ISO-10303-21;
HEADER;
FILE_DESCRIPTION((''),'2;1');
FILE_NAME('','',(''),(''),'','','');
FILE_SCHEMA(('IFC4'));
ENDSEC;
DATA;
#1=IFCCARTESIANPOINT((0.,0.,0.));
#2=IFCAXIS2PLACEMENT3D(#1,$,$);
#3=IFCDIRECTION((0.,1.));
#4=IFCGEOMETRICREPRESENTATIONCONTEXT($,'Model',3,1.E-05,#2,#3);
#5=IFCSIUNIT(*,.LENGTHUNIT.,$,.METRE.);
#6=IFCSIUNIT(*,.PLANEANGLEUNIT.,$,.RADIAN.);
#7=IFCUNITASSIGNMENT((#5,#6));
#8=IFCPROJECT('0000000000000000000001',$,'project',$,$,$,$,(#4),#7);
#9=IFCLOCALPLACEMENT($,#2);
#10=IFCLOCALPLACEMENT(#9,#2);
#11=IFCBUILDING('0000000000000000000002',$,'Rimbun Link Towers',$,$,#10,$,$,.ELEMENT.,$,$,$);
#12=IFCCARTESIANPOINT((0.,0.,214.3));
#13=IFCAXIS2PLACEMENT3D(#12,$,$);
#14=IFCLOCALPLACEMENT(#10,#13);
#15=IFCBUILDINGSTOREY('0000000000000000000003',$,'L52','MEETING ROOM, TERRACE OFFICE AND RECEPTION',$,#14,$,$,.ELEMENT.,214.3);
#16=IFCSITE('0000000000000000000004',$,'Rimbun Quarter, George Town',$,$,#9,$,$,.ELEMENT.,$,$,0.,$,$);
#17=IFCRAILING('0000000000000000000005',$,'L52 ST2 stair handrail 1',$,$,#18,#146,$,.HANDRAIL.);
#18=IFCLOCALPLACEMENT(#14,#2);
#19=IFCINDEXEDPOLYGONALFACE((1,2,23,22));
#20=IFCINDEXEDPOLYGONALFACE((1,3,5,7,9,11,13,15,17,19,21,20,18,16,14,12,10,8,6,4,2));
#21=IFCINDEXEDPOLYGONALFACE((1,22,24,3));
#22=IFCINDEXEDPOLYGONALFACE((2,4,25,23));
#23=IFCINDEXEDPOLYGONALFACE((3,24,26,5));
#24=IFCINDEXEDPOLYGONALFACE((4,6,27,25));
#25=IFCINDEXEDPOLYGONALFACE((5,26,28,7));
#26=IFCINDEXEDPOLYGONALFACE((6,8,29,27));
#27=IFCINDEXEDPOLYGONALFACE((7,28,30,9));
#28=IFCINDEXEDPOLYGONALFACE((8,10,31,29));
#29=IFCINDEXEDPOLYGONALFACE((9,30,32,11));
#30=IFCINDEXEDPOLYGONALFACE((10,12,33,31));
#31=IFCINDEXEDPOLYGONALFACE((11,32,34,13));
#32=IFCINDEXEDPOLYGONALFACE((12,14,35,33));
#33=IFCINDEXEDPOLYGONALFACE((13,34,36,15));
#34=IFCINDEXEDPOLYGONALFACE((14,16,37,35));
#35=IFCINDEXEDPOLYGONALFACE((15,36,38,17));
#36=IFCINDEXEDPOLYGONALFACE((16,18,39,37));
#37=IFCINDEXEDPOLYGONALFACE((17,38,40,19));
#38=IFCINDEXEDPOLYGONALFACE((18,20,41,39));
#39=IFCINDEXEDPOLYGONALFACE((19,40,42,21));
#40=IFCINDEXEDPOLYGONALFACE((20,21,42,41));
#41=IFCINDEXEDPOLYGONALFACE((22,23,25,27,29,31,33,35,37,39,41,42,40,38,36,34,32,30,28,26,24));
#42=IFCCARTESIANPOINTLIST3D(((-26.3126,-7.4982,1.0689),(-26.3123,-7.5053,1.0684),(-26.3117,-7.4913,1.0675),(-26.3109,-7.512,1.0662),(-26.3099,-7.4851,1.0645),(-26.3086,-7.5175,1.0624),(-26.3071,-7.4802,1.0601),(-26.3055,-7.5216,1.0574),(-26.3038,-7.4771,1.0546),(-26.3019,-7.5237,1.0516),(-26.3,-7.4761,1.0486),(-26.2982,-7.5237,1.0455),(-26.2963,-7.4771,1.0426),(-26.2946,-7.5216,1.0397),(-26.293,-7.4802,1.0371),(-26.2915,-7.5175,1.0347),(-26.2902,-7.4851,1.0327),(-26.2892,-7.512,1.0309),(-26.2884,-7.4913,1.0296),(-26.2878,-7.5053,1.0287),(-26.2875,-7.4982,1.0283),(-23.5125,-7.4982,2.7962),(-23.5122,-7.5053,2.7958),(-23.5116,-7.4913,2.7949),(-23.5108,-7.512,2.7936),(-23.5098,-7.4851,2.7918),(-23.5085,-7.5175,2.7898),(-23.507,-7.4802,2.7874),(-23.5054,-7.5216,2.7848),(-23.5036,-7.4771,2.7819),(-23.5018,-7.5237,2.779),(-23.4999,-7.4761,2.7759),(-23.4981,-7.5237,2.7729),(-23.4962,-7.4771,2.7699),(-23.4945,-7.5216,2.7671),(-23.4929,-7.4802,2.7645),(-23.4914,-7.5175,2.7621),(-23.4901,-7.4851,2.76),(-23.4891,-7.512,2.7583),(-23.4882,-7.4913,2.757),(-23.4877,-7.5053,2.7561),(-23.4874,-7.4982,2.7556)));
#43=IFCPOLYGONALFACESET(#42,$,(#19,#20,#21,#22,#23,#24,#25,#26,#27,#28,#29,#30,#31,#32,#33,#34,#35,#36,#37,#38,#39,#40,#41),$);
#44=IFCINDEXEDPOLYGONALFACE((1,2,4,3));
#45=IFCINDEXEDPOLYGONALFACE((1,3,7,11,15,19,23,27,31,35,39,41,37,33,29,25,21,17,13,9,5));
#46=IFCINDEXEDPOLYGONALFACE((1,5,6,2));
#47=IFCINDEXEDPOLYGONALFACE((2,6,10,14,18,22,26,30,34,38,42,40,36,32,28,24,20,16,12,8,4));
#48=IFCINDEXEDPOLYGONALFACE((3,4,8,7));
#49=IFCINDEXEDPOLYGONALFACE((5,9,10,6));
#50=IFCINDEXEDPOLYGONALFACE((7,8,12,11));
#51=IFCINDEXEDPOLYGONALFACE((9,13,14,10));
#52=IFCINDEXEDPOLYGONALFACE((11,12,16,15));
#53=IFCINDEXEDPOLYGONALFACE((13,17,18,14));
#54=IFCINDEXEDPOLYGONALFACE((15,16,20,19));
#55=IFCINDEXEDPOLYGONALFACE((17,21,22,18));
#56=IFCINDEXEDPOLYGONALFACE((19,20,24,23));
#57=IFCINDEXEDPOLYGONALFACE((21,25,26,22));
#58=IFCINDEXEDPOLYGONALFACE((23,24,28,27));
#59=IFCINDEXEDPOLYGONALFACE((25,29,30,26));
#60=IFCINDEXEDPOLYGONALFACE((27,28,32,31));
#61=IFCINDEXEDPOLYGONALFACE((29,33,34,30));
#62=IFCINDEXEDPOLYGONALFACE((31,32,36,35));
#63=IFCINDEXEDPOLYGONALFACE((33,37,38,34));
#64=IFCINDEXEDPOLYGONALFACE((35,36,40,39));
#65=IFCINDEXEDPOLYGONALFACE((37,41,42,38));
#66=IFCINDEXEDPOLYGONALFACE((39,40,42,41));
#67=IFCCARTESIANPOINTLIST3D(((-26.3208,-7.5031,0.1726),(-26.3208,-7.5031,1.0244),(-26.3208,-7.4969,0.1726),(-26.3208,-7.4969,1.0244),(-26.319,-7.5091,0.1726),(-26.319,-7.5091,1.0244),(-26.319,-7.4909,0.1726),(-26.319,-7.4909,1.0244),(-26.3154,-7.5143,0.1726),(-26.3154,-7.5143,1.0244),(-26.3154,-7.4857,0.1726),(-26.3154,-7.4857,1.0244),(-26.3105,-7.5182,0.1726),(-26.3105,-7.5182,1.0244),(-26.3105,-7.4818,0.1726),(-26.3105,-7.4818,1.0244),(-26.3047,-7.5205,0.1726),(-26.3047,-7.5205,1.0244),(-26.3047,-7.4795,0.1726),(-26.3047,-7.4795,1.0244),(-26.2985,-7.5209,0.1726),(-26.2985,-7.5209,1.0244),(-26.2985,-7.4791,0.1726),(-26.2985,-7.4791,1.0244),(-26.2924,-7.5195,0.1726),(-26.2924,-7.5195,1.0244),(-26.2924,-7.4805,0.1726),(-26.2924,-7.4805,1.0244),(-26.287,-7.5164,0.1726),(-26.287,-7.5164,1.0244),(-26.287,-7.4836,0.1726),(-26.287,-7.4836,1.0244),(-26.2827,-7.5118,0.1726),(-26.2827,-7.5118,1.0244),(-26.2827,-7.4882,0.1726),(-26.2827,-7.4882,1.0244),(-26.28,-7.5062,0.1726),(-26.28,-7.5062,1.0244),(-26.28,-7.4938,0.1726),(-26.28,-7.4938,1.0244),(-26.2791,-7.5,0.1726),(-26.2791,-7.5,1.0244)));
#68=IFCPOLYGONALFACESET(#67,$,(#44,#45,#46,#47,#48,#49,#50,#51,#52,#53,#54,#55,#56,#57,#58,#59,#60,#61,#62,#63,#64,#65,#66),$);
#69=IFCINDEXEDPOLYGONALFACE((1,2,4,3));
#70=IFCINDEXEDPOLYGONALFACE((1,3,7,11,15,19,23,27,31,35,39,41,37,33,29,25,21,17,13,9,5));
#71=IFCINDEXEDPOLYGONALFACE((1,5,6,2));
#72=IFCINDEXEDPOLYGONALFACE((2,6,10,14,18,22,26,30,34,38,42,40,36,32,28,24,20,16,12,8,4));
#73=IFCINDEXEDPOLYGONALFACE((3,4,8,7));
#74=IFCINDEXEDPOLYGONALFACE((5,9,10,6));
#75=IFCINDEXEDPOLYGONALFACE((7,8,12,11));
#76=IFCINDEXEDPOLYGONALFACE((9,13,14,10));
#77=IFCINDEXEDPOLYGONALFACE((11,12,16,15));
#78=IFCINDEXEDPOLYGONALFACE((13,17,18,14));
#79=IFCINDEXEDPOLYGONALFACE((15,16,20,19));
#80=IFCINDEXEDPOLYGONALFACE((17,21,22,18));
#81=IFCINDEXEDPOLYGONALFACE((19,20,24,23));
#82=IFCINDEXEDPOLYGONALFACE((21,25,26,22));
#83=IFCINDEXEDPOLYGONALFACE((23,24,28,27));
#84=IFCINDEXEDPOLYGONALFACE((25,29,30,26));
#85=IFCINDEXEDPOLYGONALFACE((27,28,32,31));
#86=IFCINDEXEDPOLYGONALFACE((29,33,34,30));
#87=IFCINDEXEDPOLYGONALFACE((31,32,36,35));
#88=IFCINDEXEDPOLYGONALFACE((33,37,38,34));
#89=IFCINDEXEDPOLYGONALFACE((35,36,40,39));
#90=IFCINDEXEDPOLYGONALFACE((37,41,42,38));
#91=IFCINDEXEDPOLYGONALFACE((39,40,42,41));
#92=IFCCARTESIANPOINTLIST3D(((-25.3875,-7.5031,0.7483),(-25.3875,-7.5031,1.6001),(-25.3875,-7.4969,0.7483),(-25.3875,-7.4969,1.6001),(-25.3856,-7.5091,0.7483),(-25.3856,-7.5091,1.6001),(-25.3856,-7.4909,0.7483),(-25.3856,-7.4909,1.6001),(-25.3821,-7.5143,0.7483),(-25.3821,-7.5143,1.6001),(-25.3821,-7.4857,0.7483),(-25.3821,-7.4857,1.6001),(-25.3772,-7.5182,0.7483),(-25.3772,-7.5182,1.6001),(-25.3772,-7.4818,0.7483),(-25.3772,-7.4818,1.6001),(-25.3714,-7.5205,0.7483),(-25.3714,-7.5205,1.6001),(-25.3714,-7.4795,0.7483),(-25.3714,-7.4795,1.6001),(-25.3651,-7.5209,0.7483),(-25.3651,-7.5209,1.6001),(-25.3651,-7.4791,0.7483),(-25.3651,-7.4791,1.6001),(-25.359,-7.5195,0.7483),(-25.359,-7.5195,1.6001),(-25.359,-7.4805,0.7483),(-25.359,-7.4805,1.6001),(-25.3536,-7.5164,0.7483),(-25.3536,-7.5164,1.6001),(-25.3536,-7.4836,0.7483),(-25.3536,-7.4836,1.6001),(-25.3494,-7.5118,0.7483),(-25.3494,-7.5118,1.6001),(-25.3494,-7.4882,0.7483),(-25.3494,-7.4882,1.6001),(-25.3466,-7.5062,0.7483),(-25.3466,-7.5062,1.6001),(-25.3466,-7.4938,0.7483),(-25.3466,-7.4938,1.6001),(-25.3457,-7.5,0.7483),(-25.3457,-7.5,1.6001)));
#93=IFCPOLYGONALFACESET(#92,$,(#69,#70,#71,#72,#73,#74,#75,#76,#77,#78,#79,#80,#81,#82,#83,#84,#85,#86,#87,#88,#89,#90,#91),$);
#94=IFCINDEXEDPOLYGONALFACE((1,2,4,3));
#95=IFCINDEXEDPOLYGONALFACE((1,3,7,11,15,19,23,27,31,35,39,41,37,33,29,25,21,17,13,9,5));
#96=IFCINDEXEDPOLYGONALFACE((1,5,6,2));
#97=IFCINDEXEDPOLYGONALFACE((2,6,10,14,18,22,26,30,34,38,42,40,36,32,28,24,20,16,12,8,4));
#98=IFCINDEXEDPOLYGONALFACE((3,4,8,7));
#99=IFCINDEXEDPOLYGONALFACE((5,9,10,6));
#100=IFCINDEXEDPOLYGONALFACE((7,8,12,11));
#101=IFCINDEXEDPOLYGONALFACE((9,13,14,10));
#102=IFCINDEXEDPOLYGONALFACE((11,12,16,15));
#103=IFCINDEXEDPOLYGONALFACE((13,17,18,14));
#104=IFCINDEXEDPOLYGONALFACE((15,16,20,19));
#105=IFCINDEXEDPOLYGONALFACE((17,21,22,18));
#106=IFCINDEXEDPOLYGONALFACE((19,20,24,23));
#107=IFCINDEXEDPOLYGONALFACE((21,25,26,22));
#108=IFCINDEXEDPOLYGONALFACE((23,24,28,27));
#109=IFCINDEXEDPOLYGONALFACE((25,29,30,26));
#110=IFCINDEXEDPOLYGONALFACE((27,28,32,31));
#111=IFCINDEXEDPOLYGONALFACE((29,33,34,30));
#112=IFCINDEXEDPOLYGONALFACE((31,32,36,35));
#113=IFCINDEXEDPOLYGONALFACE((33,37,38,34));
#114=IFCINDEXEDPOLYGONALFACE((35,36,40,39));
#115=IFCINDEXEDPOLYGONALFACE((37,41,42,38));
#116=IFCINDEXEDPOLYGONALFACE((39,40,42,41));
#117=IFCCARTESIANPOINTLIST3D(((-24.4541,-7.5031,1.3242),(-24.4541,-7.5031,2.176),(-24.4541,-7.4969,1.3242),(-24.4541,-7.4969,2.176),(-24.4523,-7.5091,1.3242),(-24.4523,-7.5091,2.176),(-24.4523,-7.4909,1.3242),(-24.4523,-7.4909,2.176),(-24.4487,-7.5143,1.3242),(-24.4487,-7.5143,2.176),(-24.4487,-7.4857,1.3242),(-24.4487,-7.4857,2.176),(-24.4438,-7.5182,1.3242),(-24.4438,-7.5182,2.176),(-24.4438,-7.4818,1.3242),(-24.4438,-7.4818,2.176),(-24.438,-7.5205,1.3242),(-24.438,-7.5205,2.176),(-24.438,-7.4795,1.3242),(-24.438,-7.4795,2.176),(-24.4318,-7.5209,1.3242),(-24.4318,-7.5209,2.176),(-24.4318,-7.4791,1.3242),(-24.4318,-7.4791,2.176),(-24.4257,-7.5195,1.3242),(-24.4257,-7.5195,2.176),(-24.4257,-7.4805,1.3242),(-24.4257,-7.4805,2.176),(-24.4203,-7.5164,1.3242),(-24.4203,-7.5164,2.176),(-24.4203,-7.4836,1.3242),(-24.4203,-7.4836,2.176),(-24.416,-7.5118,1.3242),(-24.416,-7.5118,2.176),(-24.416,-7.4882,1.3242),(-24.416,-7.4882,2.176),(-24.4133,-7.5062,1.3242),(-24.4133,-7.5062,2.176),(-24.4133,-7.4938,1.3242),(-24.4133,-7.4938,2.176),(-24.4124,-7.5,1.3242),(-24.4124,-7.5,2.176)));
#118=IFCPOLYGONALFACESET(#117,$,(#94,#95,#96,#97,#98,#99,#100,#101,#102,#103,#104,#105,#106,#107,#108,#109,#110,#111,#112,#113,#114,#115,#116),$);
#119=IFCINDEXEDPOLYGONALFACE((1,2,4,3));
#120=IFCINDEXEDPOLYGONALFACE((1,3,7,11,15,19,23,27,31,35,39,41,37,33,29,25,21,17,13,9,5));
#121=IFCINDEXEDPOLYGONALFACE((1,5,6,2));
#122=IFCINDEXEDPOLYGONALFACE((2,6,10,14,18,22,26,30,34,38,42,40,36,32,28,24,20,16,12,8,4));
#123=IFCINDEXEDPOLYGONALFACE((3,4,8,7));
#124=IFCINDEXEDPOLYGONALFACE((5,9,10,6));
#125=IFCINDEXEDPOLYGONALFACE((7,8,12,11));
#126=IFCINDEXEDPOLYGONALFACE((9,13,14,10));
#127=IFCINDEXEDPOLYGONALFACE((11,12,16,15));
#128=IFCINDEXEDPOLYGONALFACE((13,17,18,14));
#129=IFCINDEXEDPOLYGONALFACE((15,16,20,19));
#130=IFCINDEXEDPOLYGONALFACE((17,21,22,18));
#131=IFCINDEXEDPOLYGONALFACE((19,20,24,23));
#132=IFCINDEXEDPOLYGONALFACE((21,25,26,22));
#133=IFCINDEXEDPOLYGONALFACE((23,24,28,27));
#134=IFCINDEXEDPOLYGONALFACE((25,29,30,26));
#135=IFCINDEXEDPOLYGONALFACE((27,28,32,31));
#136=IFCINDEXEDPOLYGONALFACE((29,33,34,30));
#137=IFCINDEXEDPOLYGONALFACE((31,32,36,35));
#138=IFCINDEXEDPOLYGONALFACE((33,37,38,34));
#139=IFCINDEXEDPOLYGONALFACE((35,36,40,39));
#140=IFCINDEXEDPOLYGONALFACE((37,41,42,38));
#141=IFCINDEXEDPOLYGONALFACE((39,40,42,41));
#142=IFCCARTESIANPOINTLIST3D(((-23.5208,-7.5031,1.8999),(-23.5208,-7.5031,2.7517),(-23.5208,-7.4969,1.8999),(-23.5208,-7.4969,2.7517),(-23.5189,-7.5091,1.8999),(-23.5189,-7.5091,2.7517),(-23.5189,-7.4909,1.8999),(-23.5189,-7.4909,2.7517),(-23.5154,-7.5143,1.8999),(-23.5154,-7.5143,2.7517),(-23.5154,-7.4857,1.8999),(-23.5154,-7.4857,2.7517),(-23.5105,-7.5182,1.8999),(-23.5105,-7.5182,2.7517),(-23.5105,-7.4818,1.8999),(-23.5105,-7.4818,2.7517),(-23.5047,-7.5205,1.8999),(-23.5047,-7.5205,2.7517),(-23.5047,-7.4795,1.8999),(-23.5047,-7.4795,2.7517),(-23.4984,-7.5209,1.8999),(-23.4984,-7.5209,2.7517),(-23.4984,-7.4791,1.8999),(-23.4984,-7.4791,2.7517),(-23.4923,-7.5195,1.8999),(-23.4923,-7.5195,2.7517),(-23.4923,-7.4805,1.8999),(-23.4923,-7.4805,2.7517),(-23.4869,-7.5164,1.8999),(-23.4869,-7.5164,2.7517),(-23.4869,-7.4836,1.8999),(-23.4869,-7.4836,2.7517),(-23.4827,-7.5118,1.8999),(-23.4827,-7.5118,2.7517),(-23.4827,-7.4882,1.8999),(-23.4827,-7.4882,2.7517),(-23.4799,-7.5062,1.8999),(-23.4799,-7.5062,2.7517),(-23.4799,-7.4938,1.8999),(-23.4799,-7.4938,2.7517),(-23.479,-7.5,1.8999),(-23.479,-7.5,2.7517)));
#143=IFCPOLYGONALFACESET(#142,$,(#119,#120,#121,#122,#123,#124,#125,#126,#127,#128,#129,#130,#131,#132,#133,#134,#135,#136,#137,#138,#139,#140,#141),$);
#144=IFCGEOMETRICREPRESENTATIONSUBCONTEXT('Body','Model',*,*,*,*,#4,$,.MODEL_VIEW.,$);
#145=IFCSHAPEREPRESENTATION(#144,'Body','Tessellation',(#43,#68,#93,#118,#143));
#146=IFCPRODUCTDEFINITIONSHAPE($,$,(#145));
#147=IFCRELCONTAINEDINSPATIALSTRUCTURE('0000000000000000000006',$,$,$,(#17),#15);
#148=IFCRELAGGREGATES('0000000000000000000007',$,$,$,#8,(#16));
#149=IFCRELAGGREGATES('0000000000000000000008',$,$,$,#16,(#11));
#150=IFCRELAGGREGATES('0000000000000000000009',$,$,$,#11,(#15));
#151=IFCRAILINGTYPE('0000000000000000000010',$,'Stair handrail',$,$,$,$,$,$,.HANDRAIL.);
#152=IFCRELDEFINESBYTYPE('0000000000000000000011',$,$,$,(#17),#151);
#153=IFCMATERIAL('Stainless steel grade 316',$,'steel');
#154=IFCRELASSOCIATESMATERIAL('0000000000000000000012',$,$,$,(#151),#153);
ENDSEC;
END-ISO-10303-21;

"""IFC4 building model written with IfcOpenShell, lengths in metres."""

from ifc_helpers import new_model, si_unit, direction, frame, origin, origin_2d, place, context, subcontext, project, spatial, circle, extrude, material, type_object, element, save


model = new_model("IFC4")

# Units and contexts
model_context = context("Model", 3, precision=1e-05, world=origin(), true_north=direction((0.0, 1.0)))
body_context = subcontext(model_context, "Body", "Model", "MODEL_VIEW")
ifc_project = project(units=[si_unit("LENGTHUNIT", "METRE"), si_unit("PLANEANGLEUNIT", "RADIAN")], contexts=[model_context])

# Site, building, storey
site_placement = place(None, origin())
site = spatial("IfcSite", under=ifc_project, at=site_placement, Name="Rimbun Quarter, George Town", CompositionType="ELEMENT", RefElevation=0.0)
building_placement = place(site_placement, origin())
building = spatial("IfcBuilding", under=site, at=building_placement, Name="Rimbun Link Towers", CompositionType="ELEMENT")
storey_placement = place(building_placement, frame((0.0, 0.0, 214.3)))
storey = spatial("IfcBuildingStorey", under=building, at=storey_placement, Name="L52", Description="MEETING ROOM, TERRACE OFFICE AND RECEPTION", CompositionType="ELEMENT", Elevation=214.3)

# Railing
ifc_material_1 = material(Name="Stainless steel grade 316", Category="steel")
railing_type_1 = type_object("IfcRailingType", Name="Stair handrail", PredefinedType="HANDRAIL", material=ifc_material_1)
railing_1_placement = place(storey_placement, frame((-26.3, -7.5, 0.1726)))
element("IfcRailing", 1, at=railing_1_placement, inside=storey, type_object=railing_type_1, Name="L52 ST2 stair handrail 1", PredefinedType="HANDRAIL", context=body_context, shape_type="SweptSolid", body=[
    extrude(circle(Radius=0.0239, at=origin_2d()), frame((0.0, 0.0, 0.876), z_axis=(0.85109, 0.0, 0.52502), x_axis=(0.0, 1.0, 0.0)), (0.0, 0.0, 1.0), 3.29),
    extrude(circle(Radius=0.021, at=origin_2d()), origin(), (0.0, 0.0, 1.0), 0.8518),
    extrude(circle(Radius=0.021, at=origin_2d()), frame((0.9333, 0.0, 0.5757)), (0.0, 0.0, 1.0), 0.8518),
    extrude(circle(Radius=0.021, at=origin_2d()), frame((1.8667, 0.0, 1.1516)), (0.0, 0.0, 1.0), 0.8518),
    extrude(circle(Radius=0.021, at=origin_2d()), frame((2.8, 0.0, 1.7273)), (0.0, 0.0, 1.0), 0.8518),
])

save(model, "model.ifc")
